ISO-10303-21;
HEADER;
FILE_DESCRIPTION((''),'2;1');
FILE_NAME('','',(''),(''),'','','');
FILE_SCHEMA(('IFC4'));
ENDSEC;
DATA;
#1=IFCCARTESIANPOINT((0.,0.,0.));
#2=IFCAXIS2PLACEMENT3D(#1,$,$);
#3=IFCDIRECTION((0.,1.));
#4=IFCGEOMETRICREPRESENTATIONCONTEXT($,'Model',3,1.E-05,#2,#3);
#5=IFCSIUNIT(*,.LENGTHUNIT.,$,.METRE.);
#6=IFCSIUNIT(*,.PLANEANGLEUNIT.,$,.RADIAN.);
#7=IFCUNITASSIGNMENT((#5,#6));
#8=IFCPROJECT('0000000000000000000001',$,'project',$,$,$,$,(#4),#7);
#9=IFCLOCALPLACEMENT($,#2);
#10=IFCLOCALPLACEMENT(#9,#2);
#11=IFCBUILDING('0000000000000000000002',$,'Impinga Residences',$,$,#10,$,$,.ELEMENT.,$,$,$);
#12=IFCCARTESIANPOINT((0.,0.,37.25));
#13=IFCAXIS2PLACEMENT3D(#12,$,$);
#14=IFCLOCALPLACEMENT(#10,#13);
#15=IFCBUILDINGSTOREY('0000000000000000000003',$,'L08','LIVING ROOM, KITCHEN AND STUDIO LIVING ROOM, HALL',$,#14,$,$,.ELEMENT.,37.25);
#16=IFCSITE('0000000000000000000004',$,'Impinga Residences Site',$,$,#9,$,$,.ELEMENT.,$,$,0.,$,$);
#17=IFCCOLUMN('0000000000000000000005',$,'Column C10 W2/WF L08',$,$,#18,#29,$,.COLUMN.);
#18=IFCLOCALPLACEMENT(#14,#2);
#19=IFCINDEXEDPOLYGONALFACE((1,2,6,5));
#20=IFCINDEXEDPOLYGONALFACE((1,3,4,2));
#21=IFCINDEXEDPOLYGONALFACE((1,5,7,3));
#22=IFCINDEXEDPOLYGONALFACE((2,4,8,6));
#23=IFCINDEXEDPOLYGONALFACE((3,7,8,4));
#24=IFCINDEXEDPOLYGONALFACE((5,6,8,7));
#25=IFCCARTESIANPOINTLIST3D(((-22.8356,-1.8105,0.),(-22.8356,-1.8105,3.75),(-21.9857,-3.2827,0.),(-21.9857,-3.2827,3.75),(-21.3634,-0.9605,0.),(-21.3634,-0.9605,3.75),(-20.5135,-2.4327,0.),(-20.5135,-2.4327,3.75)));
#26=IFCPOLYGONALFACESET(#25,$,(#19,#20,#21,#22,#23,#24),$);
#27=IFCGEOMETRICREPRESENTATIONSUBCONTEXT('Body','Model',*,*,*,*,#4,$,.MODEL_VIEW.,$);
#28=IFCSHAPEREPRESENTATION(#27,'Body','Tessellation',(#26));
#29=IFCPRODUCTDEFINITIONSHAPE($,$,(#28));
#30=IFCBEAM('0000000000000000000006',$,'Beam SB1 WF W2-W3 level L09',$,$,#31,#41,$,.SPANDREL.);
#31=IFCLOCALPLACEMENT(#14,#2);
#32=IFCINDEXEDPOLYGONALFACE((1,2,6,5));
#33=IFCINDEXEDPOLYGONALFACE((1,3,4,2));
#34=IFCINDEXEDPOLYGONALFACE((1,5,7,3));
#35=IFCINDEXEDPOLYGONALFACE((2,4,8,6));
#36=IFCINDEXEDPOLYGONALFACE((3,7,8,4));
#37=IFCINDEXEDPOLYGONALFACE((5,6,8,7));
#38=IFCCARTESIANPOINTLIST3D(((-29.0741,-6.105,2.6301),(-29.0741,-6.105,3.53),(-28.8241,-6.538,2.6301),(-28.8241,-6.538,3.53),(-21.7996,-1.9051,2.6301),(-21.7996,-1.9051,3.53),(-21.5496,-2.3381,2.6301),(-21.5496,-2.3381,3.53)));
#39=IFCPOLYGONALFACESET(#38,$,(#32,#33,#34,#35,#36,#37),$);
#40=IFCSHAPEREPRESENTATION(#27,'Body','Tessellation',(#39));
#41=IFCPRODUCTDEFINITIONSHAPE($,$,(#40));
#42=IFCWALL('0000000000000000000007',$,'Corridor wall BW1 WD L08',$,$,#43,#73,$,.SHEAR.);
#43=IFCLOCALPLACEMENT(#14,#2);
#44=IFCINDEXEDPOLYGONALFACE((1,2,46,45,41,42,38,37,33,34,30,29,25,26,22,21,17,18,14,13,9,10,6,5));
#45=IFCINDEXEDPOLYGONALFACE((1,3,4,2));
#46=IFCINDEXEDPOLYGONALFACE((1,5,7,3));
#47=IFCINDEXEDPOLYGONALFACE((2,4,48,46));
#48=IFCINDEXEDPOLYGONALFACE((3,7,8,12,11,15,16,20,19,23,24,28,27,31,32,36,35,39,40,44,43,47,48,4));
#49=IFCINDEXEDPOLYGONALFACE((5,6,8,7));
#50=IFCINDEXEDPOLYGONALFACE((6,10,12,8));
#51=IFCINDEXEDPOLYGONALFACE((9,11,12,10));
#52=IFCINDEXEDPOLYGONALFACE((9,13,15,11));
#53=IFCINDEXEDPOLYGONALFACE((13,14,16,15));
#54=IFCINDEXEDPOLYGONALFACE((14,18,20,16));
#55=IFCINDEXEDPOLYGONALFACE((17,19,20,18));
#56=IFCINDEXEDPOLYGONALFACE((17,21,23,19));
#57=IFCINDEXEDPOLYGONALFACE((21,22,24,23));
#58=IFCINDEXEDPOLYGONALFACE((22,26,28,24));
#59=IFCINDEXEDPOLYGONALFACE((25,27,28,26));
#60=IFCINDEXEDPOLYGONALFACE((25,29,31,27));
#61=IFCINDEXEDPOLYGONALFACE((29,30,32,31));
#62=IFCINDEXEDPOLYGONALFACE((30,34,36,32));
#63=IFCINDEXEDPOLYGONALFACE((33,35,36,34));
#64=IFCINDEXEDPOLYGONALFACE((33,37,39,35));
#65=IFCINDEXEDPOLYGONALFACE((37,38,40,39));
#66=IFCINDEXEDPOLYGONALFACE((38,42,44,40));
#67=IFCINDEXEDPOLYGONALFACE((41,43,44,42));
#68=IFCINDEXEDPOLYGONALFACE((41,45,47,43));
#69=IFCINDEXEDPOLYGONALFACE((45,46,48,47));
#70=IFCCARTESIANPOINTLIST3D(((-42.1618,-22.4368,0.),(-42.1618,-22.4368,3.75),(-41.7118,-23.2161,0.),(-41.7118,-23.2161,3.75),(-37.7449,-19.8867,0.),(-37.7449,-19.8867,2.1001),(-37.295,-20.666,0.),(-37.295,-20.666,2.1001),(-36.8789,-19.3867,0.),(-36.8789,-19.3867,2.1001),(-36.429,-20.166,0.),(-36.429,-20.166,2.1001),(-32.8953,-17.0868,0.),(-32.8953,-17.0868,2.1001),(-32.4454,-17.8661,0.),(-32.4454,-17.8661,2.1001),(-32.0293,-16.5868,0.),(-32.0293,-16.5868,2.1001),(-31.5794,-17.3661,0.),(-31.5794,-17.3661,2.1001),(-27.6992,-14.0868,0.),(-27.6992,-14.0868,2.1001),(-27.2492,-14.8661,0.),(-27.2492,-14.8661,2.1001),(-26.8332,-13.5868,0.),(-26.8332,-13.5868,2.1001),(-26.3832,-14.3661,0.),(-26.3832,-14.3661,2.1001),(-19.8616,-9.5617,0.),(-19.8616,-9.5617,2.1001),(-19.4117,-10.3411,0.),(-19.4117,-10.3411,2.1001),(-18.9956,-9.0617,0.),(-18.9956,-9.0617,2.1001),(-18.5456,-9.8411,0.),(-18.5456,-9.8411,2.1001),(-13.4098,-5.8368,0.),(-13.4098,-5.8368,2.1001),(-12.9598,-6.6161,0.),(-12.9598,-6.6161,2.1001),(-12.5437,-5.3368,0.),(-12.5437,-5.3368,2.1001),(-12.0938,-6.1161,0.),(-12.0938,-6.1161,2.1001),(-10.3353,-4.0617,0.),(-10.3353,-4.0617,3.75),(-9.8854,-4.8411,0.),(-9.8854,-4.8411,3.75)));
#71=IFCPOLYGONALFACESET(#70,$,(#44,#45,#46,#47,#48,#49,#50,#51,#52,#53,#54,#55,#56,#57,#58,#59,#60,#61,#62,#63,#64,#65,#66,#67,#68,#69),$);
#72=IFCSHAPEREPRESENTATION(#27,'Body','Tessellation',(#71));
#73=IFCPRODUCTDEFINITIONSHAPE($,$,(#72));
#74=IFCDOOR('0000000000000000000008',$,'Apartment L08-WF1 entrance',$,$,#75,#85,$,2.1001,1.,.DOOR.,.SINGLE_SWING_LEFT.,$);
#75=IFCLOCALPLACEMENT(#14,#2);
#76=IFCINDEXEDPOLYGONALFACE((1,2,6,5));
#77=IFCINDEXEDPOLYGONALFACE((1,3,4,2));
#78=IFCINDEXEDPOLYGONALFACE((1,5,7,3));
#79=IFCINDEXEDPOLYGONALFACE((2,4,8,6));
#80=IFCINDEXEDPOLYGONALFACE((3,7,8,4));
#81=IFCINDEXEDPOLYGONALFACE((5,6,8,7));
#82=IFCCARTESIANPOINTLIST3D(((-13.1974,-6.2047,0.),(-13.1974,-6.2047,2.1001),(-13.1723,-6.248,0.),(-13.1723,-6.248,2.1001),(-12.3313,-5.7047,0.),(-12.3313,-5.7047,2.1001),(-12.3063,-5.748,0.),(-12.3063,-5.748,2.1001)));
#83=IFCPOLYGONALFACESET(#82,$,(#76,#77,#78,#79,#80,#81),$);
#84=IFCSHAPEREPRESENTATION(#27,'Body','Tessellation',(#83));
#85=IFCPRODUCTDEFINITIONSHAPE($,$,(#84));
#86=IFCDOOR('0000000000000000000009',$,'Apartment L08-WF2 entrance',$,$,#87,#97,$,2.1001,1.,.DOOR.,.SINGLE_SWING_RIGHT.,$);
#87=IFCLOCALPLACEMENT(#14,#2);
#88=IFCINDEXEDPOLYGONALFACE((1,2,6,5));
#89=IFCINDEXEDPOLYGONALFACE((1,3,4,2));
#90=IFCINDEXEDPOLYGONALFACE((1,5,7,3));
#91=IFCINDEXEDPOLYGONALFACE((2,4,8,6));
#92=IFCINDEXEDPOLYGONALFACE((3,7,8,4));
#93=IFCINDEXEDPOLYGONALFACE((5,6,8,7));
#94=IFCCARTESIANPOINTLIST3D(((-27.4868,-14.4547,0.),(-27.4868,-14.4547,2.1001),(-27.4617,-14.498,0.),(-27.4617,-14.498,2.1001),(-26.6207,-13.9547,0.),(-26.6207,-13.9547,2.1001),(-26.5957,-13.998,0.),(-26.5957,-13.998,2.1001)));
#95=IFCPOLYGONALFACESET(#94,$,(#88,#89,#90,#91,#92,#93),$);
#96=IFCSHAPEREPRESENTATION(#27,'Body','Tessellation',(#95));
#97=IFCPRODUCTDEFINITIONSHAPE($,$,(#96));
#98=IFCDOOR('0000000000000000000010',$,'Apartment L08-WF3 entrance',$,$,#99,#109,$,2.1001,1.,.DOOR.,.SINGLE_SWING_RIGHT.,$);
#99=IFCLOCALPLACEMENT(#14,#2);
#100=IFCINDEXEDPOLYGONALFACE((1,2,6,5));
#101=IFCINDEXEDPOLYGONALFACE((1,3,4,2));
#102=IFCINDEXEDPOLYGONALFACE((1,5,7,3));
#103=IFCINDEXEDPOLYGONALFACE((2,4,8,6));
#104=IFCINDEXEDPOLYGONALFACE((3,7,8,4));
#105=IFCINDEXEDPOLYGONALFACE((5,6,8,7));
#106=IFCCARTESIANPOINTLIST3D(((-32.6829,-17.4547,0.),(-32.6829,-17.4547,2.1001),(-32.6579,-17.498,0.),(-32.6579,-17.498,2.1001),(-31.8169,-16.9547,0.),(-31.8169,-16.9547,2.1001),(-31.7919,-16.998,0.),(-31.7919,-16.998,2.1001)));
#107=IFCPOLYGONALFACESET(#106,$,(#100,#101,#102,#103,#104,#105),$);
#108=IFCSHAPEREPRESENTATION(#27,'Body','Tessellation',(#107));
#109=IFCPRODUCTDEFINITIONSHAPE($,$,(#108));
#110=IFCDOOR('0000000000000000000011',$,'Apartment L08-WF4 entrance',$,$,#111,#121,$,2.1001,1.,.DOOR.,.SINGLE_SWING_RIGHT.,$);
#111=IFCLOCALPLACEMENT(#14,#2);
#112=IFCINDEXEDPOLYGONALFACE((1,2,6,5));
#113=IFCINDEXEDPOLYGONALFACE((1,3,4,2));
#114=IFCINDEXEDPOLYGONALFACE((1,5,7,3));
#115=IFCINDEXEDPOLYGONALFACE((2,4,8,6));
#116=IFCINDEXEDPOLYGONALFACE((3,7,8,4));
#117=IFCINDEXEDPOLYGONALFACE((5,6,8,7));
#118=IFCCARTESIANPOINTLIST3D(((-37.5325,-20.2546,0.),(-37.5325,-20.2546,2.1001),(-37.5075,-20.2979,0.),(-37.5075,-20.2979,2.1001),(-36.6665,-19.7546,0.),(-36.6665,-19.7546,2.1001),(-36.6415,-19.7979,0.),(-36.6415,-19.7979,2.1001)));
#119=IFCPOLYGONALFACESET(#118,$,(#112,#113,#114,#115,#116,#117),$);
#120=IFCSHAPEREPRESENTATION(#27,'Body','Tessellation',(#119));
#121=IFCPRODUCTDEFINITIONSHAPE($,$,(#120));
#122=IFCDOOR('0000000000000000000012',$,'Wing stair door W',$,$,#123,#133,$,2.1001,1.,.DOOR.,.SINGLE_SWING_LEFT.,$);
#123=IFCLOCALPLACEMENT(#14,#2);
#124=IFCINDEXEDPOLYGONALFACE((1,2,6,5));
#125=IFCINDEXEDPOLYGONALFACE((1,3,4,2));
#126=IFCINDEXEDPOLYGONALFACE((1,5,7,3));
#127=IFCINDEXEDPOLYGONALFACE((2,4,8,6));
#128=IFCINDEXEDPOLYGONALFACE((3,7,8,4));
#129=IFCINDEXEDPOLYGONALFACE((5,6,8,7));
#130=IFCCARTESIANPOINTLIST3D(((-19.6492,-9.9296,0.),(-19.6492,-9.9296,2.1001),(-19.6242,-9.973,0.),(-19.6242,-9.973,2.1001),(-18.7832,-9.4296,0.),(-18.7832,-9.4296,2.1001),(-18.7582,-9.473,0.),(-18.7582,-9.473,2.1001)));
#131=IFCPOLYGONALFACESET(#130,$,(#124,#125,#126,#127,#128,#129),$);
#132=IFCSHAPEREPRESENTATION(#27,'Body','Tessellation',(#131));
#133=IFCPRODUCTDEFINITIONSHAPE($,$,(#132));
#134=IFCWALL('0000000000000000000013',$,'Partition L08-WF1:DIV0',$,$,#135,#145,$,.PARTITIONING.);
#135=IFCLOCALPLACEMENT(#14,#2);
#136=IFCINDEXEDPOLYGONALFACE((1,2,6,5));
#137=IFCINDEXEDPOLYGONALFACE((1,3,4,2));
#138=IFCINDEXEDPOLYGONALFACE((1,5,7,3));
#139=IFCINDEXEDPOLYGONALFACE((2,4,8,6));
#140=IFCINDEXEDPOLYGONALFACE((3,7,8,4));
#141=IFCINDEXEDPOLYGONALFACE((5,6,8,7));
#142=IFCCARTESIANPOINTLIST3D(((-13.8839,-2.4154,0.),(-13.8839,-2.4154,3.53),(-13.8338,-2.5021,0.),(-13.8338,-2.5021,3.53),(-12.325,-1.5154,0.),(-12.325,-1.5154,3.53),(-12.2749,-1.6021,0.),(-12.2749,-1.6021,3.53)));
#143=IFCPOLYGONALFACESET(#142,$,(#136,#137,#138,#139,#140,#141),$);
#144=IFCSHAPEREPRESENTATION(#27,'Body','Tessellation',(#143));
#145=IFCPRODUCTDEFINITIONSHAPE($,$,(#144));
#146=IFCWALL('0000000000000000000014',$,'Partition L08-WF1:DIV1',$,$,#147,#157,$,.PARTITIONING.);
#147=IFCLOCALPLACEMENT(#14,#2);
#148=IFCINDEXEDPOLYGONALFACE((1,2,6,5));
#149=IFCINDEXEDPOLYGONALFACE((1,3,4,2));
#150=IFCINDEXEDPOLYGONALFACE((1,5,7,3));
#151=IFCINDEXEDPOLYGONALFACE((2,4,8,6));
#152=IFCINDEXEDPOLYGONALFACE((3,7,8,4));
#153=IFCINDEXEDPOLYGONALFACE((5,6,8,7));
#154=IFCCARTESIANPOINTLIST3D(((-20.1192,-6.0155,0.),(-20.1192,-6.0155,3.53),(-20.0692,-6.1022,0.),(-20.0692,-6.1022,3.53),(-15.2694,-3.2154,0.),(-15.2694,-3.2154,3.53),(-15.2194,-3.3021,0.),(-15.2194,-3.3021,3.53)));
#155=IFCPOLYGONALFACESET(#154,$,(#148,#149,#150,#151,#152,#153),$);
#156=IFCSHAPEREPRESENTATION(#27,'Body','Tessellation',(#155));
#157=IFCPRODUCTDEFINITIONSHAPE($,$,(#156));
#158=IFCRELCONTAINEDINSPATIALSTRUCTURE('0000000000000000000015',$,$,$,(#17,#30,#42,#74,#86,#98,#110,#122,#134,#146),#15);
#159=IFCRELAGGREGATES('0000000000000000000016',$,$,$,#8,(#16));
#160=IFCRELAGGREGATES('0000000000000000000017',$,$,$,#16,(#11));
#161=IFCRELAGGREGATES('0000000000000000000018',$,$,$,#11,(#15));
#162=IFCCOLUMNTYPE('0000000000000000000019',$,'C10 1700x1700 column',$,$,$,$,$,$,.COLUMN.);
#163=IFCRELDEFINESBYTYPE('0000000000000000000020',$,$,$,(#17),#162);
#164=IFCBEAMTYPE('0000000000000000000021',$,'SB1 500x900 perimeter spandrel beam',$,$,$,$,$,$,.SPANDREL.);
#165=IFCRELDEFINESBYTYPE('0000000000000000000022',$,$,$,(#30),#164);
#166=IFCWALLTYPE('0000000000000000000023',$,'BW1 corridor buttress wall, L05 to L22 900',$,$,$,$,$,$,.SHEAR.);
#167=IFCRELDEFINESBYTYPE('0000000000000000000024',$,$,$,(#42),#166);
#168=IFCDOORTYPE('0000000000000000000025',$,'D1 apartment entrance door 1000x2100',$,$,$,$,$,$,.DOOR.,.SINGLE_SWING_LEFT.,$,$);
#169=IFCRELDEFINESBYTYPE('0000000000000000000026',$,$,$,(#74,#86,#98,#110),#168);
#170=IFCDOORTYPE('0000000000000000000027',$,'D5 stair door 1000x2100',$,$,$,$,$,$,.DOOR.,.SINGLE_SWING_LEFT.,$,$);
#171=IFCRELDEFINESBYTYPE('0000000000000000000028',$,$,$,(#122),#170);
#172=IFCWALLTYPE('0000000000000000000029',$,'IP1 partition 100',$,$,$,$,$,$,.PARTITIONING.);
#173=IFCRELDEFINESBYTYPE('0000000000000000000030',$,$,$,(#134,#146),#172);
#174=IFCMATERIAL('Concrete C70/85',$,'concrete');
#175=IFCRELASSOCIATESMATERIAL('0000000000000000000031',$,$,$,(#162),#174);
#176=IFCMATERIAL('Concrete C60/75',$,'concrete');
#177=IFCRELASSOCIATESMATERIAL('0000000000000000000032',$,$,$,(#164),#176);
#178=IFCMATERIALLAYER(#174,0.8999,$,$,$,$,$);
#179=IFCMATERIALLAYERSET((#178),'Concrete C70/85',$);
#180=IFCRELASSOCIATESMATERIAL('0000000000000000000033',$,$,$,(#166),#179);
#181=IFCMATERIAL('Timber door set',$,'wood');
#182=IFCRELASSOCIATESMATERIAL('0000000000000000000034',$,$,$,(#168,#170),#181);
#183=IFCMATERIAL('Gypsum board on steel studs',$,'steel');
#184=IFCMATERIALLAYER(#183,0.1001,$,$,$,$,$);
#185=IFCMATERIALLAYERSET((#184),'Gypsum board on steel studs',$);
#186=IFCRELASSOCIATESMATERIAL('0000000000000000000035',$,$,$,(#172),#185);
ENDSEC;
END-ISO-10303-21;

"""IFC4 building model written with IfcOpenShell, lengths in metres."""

from ifc_helpers import new_model, si_unit, direction, frame, frame_2d, origin, origin_2d, place, context, subcontext, project, spatial, rectangle, extrude, material, layer, layer_set, material_profile, profile_set, type_object, element, fill, save


model = new_model("IFC4")

# Units and contexts
model_context = context("Model", 3, precision=1e-05, world=origin(), true_north=direction((0.0, 1.0)))
body_context = subcontext(model_context, "Body", "Model", "MODEL_VIEW")
ifc_project = project(units=[si_unit("LENGTHUNIT", "METRE"), si_unit("PLANEANGLEUNIT", "RADIAN")], contexts=[model_context])

# Site, building, storey
site_placement = place(None, origin())
site = spatial("IfcSite", under=ifc_project, at=site_placement, Name="Impinga Residences Site", CompositionType="ELEMENT", RefElevation=0.0)
building_placement = place(site_placement, origin())
building = spatial("IfcBuilding", under=site, at=building_placement, Name="Impinga Residences", CompositionType="ELEMENT")
storey_placement = place(building_placement, frame((0.0, 0.0, 37.25)))
storey = spatial("IfcBuildingStorey", under=building, at=storey_placement, Name="L08", Description="LIVING ROOM, KITCHEN AND STUDIO LIVING ROOM, HALL", CompositionType="ELEMENT", Elevation=37.25)

# Column
ifc_material_1 = material(Name="Concrete C70/85", Category="concrete")
ifc_material_profile_1 = material_profile(ifc_material_1, rectangle(XDim=1.7, YDim=1.7, at=origin_2d()), Name="RC 1700x1700")
ifc_profile_set_1 = profile_set([ifc_material_profile_1], Name="Concrete C70/85")
column_type = type_object("IfcColumnType", Name="C10 1700x1700 column", PredefinedType="COLUMN", material=ifc_profile_set_1)
column_placement = place(storey_placement, frame((-21.6746, -2.1216, 0.0), z_axis=(0.0, 0.0, 1.0), x_axis=(-0.5, 0.866025, 0.0)))
element("IfcColumn", 1, at=column_placement, inside=storey, type_object=column_type, Name="Column C10 W2/WF L08", PredefinedType="COLUMN", context=body_context, shape_type="SweptSolid", body=[
    extrude(rectangle(XDim=1.7, YDim=1.7, at=origin_2d()), origin(), (0.0, 0.0, 1.0), 3.75),
])

# Beam
ifc_material_2 = material(Name="Concrete C60/75", Category="concrete")
ifc_material_profile_2 = material_profile(ifc_material_2, rectangle(XDim=0.5, YDim=0.8999, at=origin_2d()), Name="RC 500x900")
ifc_profile_set_2 = profile_set([ifc_material_profile_2], Name="Concrete C60/75")
beam_type = type_object("IfcBeamType", Name="SB1 500x900 perimeter spandrel beam", PredefinedType="SPANDREL", material=ifc_profile_set_2)
beam_placement = place(storey_placement, frame((-21.6746, -2.1216, 3.0801), z_axis=(-0.866029, -0.499993, 0.0), x_axis=(0.499993, -0.866029, 0.0)))
element("IfcBeam", 2, at=beam_placement, inside=storey, type_object=beam_type, Name="Beam SB1 WF W2-W3 level L09", PredefinedType="SPANDREL", context=body_context, shape_type="SweptSolid", body=[
    extrude(rectangle(XDim=0.5, YDim=0.8999, at=origin_2d()), origin(), (0.0, 0.0, 1.0), 8.3999),
])

# Wall, openings, doors
ifc_layer_1 = layer(ifc_material_1, 0.8999)
ifc_layer_set_1 = layer_set([ifc_layer_1], Name="Concrete C70/85")
wall_type_1 = type_object("IfcWallType", Name="BW1 corridor buttress wall, L05 to L22 900", PredefinedType="SHEAR", material=ifc_layer_set_1)
wall_1_placement = place(storey_placement, frame((-10.1104, -4.4514, 0.0), z_axis=(0.0, 0.0, 1.0), x_axis=(-0.866025, -0.5, 0.0)))
wall_1 = element("IfcWall", 3, at=wall_1_placement, inside=storey, type_object=wall_type_1, Name="Corridor wall BW1 WD L08", PredefinedType="SHEAR", context=body_context, shape_type="SweptSolid", body=[
    extrude(rectangle(XDim=36.75, YDim=0.8999, at=frame_2d((18.375, 0.0))), origin(), (0.0, 0.0, 1.0), 3.75),
])
opening_1_placement = place(wall_1_placement, frame((10.0, 0.0, 0.0)))
opening_1 = element("IfcOpeningElement", 4, at=opening_1_placement, cuts=wall_1, PredefinedType="OPENING", context=body_context, shape_type="SweptSolid", body=[
    extrude(rectangle(XDim=1.0, YDim=2.1001, at=frame_2d((0.5, 1.05))), frame((0.0, 0.46, 0.0), z_axis=(0.0, -1.0, 0.0), x_axis=(1.0, 0.0, 0.0)), (0.0, 0.0, 1.0), 0.9199),
])
opening_2_placement = place(wall_1_placement, frame((2.55, 0.0, 0.0)))
opening_2 = element("IfcOpeningElement", 5, at=opening_2_placement, cuts=wall_1, PredefinedType="OPENING", context=body_context, shape_type="SweptSolid", body=[
    extrude(rectangle(XDim=1.0, YDim=2.1001, at=frame_2d((0.5, 1.05))), frame((0.0, 0.46, 0.0), z_axis=(0.0, -1.0, 0.0), x_axis=(1.0, 0.0, 0.0)), (0.0, 0.0, 1.0), 0.9199),
])
opening_3_placement = place(wall_1_placement, frame((19.05, 0.0, 0.0)))
opening_3 = element("IfcOpeningElement", 6, at=opening_3_placement, cuts=wall_1, PredefinedType="OPENING", context=body_context, shape_type="SweptSolid", body=[
    extrude(rectangle(XDim=1.0, YDim=2.1001, at=frame_2d((0.5, 1.05))), frame((0.0, 0.46, 0.0), z_axis=(0.0, -1.0, 0.0), x_axis=(1.0, 0.0, 0.0)), (0.0, 0.0, 1.0), 0.9199),
])
opening_4_placement = place(wall_1_placement, frame((25.05, 0.0, 0.0)))
opening_4 = element("IfcOpeningElement", 7, at=opening_4_placement, cuts=wall_1, PredefinedType="OPENING", context=body_context, shape_type="SweptSolid", body=[
    extrude(rectangle(XDim=1.0, YDim=2.1001, at=frame_2d((0.5, 1.05))), frame((0.0, 0.46, 0.0), z_axis=(0.0, -1.0, 0.0), x_axis=(1.0, 0.0, 0.0)), (0.0, 0.0, 1.0), 0.9199),
])
opening_5_placement = place(wall_1_placement, frame((30.6499, 0.0, 0.0)))
opening_5 = element("IfcOpeningElement", 8, at=opening_5_placement, cuts=wall_1, PredefinedType="OPENING", context=body_context, shape_type="SweptSolid", body=[
    extrude(rectangle(XDim=1.0, YDim=2.1001, at=frame_2d((0.5, 1.05))), frame((0.0, 0.46, 0.0), z_axis=(0.0, -1.0, 0.0), x_axis=(1.0, 0.0, 0.0)), (0.0, 0.0, 1.0), 0.9199),
])
ifc_material_3 = material(Name="Timber door set", Category="wood")
door_type_1 = type_object("IfcDoorType", Name="D1 apartment entrance door 1000x2100", OperationType="SINGLE_SWING_LEFT", PredefinedType="DOOR", material=ifc_material_3)
door_1_placement = place(opening_2_placement, origin())
door_1 = element("IfcDoor", 9, at=door_1_placement, inside=storey, type_object=door_type_1, Name="Apartment L08-WF1 entrance", OperationType="SINGLE_SWING_LEFT", OverallHeight=2.1001, OverallWidth=1.0, PredefinedType="DOOR", context=body_context, shape_type="SweptSolid", body=[
    extrude(rectangle(XDim=1.0, YDim=2.1001, at=frame_2d((0.5, 1.05))), frame((0.0, 0.0249, 0.0), z_axis=(0.0, -1.0, 0.0), x_axis=(1.0, 0.0, 0.0)), (0.0, 0.0, 1.0), 0.05),
])
fill(opening_2, door_1)
door_2_placement = place(opening_3_placement, origin())
door_2 = element("IfcDoor", 10, at=door_2_placement, inside=storey, type_object=door_type_1, Name="Apartment L08-WF2 entrance", OperationType="SINGLE_SWING_RIGHT", OverallHeight=2.1001, OverallWidth=1.0, PredefinedType="DOOR", context=body_context, shape_type="SweptSolid", body=[
    extrude(rectangle(XDim=1.0, YDim=2.1001, at=frame_2d((0.5, 1.05))), frame((0.0, 0.0249, 0.0), z_axis=(0.0, -1.0, 0.0), x_axis=(1.0, 0.0, 0.0)), (0.0, 0.0, 1.0), 0.05),
])
fill(opening_3, door_2)
door_3_placement = place(opening_4_placement, origin())
door_3 = element("IfcDoor", 11, at=door_3_placement, inside=storey, type_object=door_type_1, Name="Apartment L08-WF3 entrance", OperationType="SINGLE_SWING_RIGHT", OverallHeight=2.1001, OverallWidth=1.0, PredefinedType="DOOR", context=body_context, shape_type="SweptSolid", body=[
    extrude(rectangle(XDim=1.0, YDim=2.1001, at=frame_2d((0.5, 1.05))), frame((0.0, 0.0249, 0.0), z_axis=(0.0, -1.0, 0.0), x_axis=(1.0, 0.0, 0.0)), (0.0, 0.0, 1.0), 0.05),
])
fill(opening_4, door_3)
door_4_placement = place(opening_5_placement, origin())
door_4 = element("IfcDoor", 12, at=door_4_placement, inside=storey, type_object=door_type_1, Name="Apartment L08-WF4 entrance", OperationType="SINGLE_SWING_RIGHT", OverallHeight=2.1001, OverallWidth=1.0, PredefinedType="DOOR", context=body_context, shape_type="SweptSolid", body=[
    extrude(rectangle(XDim=1.0, YDim=2.1001, at=frame_2d((0.5, 1.05))), frame((0.0, 0.0249, 0.0), z_axis=(0.0, -1.0, 0.0), x_axis=(1.0, 0.0, 0.0)), (0.0, 0.0, 1.0), 0.05),
])
fill(opening_5, door_4)
door_type_2 = type_object("IfcDoorType", Name="D5 stair door 1000x2100", OperationType="SINGLE_SWING_LEFT", PredefinedType="DOOR", material=ifc_material_3)
door_5_placement = place(opening_1_placement, origin())
door_5 = element("IfcDoor", 13, at=door_5_placement, inside=storey, type_object=door_type_2, Name="Wing stair door W", OperationType="SINGLE_SWING_LEFT", OverallHeight=2.1001, OverallWidth=1.0, PredefinedType="DOOR", context=body_context, shape_type="SweptSolid", body=[
    extrude(rectangle(XDim=1.0, YDim=2.1001, at=frame_2d((0.5, 1.05))), frame((0.0, 0.0249, 0.0), z_axis=(0.0, -1.0, 0.0), x_axis=(1.0, 0.0, 0.0)), (0.0, 0.0, 1.0), 0.05),
])
fill(opening_1, door_5)

# Walls
ifc_material_4 = material(Name="Gypsum board on steel studs", Category="steel")
ifc_layer_2 = layer(ifc_material_4, 0.1001)
ifc_layer_set_2 = layer_set([ifc_layer_2], Name="Gypsum board on steel studs")
wall_type_2 = type_object("IfcWallType", Name="IP1 partition 100", PredefinedType="PARTITIONING", material=ifc_layer_set_2)
wall_2_placement = place(storey_placement, frame((-12.3, -1.5588, 0.0), z_axis=(0.0, 0.0, 1.0), x_axis=(-0.866048, -0.499961, 0.0)))
element("IfcWall", 14, at=wall_2_placement, inside=storey, type_object=wall_type_2, Name="Partition L08-WF1:DIV0", PredefinedType="PARTITIONING", context=body_context, shape_type="SweptSolid", body=[
    extrude(rectangle(XDim=1.8, YDim=0.1001, at=frame_2d((0.8999, 0.0))), origin(), (0.0, 0.0, 1.0), 3.53),
])
wall_3_placement = place(storey_placement, frame((-15.2444, -3.2588, 0.0), z_axis=(0.0, 0.0, 1.0), x_axis=(-0.866027, -0.499998, 0.0)))
element("IfcWall", 15, at=wall_3_placement, inside=storey, type_object=wall_type_2, Name="Partition L08-WF1:DIV1", PredefinedType="PARTITIONING", context=body_context, shape_type="SweptSolid", body=[
    extrude(rectangle(XDim=5.6001, YDim=0.1001, at=frame_2d((2.8, 0.0))), origin(), (0.0, 0.0, 1.0), 3.53),
])

save(model, "model.ifc")
